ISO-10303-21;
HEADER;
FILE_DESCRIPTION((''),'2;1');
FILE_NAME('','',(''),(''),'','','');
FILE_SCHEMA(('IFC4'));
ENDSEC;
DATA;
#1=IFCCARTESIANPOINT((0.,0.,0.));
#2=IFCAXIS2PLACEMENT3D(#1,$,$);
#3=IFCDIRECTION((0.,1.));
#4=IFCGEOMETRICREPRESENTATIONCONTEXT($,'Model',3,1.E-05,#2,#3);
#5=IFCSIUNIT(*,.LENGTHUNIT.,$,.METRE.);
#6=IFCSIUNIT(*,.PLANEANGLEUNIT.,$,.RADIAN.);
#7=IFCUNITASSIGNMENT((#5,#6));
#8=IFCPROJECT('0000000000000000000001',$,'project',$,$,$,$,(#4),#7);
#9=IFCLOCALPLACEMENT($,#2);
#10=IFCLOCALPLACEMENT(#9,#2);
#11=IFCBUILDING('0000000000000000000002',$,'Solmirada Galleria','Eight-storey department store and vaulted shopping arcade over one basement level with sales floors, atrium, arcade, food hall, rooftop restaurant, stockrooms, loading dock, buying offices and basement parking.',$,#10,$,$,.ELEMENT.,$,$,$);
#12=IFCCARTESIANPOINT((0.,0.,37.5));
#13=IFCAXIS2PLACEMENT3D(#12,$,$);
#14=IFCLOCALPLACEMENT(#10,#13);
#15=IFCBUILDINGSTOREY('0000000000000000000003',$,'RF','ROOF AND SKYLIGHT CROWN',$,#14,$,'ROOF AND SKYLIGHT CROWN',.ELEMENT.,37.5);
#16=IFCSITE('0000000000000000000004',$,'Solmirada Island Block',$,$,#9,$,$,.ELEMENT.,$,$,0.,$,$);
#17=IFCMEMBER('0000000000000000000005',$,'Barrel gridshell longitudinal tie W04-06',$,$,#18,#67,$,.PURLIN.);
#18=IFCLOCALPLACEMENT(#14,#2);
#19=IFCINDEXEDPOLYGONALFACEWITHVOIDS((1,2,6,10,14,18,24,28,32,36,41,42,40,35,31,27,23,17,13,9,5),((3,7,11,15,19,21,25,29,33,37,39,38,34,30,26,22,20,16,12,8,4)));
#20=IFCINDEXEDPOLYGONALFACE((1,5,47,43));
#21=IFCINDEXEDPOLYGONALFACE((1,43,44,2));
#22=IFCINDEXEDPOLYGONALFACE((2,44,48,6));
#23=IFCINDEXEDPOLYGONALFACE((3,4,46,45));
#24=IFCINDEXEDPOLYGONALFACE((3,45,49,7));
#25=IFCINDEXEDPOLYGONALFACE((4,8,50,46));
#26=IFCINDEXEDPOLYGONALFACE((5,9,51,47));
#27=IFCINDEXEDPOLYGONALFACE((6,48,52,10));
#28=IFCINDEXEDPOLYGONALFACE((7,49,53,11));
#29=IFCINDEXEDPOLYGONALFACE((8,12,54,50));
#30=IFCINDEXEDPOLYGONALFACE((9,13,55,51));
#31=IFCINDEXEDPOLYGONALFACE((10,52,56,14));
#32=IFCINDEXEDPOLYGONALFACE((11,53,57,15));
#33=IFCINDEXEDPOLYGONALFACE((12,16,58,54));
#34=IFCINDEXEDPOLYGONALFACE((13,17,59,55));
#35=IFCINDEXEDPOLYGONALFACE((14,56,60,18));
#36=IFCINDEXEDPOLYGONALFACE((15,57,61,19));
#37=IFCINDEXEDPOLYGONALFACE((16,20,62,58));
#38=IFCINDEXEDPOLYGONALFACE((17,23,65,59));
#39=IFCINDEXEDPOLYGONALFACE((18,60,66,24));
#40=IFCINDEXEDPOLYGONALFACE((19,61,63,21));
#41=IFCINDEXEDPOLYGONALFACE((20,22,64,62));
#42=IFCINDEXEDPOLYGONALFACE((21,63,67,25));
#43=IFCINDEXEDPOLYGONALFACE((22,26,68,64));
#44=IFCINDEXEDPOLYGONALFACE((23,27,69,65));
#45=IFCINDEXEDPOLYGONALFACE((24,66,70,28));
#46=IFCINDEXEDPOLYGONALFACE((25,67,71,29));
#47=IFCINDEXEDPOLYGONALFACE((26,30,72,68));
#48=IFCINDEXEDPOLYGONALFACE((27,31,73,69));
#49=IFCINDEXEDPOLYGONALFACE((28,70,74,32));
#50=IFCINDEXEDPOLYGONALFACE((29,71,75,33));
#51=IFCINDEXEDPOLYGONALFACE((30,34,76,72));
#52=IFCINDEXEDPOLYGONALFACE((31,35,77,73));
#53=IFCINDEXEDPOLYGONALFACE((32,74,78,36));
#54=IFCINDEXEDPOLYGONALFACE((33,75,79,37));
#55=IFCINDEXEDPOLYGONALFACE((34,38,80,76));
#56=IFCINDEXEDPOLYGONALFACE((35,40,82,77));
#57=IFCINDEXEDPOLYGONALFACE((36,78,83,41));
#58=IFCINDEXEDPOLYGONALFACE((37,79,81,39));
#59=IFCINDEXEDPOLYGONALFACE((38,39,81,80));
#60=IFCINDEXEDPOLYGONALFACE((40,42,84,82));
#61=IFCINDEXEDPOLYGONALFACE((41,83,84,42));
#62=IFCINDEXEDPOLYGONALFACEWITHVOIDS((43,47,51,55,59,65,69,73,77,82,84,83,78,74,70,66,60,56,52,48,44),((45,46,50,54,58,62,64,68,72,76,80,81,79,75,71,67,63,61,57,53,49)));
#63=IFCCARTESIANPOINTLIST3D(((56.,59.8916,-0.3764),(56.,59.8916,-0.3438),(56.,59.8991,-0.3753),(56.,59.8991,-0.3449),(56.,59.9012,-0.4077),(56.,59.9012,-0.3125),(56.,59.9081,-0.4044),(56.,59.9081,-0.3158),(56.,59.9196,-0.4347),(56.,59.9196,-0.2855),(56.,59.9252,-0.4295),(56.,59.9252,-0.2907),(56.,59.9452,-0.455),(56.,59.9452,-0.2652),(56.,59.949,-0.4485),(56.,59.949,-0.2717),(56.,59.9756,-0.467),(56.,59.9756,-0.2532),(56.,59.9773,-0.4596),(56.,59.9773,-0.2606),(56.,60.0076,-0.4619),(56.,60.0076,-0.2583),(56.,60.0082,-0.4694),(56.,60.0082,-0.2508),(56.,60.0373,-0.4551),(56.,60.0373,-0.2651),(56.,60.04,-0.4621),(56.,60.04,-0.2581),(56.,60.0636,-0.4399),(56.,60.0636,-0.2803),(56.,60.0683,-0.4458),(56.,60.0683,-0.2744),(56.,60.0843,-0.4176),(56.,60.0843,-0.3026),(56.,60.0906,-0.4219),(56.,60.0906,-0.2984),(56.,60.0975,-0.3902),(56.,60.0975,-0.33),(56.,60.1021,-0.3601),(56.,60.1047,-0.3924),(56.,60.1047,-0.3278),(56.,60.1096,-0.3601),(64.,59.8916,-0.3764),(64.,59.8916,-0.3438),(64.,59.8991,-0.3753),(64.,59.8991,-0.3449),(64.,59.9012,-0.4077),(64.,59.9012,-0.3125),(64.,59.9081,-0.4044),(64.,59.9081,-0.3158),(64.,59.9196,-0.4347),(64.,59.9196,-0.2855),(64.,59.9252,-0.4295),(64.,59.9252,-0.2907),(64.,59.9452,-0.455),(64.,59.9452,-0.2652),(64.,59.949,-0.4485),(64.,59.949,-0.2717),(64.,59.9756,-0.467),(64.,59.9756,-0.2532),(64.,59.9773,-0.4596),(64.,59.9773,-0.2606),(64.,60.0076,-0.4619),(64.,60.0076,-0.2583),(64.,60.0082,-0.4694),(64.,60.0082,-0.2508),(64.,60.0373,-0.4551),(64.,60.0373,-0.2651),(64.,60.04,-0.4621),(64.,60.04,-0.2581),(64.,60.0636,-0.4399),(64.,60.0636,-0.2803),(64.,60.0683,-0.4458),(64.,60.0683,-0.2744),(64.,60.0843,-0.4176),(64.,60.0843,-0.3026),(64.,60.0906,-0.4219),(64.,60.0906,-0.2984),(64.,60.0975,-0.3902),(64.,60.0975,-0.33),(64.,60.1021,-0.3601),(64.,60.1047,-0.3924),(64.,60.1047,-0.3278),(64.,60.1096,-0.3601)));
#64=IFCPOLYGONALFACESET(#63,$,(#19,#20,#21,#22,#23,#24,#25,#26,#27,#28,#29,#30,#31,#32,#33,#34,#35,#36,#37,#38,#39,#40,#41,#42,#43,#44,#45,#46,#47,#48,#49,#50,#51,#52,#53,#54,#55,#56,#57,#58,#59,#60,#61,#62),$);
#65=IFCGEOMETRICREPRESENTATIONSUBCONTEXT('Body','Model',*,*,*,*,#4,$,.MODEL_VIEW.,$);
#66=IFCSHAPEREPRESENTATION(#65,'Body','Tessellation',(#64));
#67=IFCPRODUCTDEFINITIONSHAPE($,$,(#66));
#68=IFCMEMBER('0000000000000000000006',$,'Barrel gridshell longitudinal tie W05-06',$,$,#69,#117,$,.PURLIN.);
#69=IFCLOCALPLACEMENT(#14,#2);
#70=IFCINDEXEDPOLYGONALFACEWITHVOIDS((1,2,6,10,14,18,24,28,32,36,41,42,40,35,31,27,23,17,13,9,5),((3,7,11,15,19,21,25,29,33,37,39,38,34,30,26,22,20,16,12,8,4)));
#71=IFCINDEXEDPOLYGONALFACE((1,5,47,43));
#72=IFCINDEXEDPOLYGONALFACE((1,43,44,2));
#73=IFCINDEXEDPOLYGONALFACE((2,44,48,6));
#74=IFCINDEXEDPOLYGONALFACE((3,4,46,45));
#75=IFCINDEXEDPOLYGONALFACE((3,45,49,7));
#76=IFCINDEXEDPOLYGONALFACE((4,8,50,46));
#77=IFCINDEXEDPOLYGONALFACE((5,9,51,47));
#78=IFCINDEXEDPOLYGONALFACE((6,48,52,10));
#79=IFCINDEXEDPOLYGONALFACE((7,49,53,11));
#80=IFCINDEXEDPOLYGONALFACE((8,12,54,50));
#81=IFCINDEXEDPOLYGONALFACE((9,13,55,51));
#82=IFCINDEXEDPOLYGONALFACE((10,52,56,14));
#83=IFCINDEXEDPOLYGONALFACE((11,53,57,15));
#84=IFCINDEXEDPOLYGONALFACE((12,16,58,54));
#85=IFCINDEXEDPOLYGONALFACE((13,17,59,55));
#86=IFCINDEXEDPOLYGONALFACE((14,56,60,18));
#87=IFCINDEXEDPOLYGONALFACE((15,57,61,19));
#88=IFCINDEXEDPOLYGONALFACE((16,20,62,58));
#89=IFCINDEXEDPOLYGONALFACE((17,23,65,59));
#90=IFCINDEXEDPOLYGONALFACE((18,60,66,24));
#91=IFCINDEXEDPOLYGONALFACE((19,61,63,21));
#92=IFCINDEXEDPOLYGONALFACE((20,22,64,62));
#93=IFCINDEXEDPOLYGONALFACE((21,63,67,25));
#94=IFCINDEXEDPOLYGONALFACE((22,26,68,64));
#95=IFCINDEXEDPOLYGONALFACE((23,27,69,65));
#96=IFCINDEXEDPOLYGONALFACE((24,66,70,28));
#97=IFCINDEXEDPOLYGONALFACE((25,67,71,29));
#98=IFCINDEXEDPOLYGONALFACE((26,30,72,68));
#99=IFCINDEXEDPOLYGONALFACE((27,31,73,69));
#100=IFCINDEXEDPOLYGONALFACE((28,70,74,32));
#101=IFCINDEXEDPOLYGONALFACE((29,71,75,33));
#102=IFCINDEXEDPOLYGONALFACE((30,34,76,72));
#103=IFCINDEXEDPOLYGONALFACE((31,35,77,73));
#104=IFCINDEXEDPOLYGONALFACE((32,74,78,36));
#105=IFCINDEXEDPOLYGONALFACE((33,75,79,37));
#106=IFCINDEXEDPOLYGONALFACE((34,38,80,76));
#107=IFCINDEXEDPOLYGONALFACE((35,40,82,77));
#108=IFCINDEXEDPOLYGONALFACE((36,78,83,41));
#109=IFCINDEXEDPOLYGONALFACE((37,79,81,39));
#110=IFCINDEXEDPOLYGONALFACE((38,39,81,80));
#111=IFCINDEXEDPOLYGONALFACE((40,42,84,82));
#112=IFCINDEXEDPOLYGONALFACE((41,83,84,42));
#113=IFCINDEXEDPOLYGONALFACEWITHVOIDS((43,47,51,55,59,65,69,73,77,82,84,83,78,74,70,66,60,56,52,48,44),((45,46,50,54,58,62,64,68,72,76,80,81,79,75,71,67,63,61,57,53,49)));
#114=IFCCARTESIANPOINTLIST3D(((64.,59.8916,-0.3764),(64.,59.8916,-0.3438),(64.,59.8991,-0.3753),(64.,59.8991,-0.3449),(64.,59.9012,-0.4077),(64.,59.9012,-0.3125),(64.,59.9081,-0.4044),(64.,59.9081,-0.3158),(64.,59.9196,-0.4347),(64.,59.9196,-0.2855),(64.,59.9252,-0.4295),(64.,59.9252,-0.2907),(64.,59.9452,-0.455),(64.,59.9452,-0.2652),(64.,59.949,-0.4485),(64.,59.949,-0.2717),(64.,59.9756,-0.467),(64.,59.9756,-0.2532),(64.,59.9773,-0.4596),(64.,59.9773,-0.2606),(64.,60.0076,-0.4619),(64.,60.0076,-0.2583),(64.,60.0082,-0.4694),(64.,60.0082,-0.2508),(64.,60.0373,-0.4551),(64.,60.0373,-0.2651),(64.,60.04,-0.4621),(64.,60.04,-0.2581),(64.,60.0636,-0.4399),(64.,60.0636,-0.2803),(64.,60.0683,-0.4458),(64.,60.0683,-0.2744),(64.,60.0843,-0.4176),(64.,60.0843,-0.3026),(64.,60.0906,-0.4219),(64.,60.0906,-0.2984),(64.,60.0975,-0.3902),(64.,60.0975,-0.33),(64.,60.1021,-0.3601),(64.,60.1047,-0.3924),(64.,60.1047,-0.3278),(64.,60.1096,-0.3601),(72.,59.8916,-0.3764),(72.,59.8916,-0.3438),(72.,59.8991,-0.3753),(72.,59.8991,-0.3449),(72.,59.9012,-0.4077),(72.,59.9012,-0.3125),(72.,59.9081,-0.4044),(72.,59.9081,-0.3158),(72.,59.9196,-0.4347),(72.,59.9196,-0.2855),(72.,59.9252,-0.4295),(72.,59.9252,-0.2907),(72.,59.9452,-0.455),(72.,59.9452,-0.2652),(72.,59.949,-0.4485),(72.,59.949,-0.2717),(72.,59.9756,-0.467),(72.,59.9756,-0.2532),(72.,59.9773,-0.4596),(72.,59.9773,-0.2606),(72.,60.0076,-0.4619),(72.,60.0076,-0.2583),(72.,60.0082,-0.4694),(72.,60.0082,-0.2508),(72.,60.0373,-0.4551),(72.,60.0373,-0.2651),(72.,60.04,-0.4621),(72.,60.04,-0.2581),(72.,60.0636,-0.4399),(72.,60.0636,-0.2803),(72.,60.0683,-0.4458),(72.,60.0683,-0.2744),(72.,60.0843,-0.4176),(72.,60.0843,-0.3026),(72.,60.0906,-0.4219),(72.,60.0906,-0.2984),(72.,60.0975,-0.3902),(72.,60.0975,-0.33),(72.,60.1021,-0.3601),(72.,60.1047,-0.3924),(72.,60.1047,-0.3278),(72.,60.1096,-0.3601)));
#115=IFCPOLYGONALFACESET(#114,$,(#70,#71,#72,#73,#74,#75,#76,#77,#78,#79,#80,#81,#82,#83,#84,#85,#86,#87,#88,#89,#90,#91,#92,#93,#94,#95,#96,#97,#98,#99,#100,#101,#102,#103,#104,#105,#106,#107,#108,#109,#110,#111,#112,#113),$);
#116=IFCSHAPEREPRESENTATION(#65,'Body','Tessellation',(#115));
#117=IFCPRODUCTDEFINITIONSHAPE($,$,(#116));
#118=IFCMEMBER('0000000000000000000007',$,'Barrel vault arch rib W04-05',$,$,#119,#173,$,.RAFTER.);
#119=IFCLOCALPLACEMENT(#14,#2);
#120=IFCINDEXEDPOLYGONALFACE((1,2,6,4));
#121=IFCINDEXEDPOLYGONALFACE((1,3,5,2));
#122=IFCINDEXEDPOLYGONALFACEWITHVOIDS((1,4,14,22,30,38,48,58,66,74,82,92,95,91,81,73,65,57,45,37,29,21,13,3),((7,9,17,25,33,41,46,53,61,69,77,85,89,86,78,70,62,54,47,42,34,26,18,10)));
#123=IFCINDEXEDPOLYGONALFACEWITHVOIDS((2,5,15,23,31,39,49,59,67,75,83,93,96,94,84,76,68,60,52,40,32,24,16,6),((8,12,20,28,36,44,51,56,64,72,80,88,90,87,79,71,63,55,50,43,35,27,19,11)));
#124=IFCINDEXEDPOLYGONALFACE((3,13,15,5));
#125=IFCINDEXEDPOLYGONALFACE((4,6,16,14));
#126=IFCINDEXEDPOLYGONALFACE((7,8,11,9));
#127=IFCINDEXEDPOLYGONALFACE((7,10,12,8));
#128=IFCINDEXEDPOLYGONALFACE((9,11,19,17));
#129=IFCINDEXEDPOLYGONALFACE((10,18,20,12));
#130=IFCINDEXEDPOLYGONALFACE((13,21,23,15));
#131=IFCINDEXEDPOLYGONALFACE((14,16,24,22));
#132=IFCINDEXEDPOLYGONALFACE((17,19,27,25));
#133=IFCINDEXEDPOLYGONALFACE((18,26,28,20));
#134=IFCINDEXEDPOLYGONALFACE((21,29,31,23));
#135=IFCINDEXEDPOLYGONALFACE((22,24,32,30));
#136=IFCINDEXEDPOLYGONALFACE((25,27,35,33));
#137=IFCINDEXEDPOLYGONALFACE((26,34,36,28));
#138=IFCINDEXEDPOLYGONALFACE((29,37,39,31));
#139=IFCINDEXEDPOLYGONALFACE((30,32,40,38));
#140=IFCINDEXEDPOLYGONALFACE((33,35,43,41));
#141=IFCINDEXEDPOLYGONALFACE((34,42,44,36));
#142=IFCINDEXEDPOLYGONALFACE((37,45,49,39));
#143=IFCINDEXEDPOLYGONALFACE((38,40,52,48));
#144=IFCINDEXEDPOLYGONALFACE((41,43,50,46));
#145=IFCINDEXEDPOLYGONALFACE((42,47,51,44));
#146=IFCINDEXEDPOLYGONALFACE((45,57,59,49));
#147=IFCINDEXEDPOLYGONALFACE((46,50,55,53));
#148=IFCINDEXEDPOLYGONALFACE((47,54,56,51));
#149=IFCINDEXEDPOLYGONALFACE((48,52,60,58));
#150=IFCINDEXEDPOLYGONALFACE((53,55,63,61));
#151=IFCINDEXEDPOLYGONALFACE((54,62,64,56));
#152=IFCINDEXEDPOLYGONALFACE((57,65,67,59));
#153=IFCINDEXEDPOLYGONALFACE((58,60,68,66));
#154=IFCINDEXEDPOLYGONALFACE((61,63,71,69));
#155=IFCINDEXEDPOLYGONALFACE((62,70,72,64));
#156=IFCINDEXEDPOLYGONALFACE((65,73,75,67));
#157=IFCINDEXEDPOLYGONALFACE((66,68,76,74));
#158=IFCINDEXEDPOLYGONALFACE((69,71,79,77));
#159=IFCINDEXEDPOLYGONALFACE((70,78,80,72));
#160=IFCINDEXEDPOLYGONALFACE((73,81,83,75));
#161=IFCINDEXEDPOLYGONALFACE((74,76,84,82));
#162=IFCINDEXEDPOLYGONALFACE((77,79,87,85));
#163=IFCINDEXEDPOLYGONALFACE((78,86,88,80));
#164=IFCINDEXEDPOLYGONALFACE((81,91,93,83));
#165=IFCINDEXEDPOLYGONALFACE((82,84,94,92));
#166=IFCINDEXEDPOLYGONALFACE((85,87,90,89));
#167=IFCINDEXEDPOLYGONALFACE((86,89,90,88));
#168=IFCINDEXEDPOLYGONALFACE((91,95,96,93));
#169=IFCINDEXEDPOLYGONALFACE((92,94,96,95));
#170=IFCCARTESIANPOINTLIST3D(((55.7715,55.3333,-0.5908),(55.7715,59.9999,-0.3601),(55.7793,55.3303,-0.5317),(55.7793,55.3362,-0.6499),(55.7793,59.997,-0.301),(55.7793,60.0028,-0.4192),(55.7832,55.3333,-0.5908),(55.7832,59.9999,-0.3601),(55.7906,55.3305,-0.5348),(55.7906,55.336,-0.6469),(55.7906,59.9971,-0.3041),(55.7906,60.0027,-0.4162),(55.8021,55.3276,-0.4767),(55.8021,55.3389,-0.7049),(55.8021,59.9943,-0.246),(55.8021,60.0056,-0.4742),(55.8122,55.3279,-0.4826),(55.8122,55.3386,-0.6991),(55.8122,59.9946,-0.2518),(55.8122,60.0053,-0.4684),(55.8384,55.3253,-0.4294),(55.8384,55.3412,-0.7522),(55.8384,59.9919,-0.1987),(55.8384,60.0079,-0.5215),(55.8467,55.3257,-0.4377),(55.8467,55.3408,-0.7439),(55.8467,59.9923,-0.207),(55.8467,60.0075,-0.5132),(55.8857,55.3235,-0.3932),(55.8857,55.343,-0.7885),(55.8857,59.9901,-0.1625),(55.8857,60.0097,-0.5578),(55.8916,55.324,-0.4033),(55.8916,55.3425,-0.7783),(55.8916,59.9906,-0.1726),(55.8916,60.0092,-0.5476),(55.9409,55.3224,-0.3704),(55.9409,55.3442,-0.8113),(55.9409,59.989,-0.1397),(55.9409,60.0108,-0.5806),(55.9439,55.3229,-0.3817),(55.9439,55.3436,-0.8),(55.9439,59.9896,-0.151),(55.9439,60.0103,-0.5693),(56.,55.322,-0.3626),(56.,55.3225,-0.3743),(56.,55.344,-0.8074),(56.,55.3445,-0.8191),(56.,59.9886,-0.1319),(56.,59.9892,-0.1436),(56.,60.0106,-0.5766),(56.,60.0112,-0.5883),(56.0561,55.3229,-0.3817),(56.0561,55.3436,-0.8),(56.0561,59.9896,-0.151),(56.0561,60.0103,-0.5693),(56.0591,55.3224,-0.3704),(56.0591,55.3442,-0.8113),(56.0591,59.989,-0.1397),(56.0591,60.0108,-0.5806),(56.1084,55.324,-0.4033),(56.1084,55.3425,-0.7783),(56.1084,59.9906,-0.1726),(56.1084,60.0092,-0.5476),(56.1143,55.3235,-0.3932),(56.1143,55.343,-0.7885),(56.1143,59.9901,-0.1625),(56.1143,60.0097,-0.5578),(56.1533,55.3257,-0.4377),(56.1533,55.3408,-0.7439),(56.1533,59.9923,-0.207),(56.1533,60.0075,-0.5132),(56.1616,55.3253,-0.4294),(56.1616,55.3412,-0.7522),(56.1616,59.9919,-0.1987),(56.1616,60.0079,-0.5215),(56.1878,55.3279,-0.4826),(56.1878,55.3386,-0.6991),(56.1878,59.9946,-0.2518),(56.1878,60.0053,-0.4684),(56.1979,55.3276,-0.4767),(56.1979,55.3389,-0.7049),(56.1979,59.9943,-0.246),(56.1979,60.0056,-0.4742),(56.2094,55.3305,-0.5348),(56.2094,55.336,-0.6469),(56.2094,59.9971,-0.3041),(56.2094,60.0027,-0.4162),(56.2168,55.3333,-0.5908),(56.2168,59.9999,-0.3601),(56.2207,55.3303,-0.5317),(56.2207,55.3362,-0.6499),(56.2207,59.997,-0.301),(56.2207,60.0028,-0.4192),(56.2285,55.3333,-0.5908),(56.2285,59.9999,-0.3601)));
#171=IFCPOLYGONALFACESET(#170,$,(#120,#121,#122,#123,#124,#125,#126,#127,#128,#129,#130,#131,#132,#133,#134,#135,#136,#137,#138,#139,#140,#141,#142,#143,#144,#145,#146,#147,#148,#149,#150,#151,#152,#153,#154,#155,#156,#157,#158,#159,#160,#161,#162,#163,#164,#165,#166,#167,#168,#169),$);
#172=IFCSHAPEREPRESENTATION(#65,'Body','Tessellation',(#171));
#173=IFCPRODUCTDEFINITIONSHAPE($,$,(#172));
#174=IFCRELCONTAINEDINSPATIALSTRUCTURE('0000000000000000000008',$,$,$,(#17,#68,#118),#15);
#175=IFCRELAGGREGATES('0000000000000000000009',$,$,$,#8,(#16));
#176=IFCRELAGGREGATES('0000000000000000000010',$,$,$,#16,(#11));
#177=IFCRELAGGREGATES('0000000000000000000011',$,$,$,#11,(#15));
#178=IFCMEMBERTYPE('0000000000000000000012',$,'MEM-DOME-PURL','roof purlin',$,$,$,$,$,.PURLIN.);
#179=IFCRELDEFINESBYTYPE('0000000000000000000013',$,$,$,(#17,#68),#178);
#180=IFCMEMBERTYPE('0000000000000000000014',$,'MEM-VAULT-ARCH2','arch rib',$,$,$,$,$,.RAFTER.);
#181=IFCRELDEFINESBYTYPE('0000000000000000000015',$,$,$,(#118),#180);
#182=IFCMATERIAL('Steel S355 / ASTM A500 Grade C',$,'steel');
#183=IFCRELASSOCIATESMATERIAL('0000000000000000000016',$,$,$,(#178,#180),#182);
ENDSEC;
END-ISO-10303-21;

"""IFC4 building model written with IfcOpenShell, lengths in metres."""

from ifc_helpers import new_model, si_unit, direction, frame, origin, origin_2d, place, context, subcontext, project, spatial, hollow_circle, extrude, material, material_profile, profile_set, type_object, element, save


model = new_model("IFC4")

# Units and contexts
model_context = context("Model", 3, precision=1e-05, world=origin(), true_north=direction((0.0, 1.0)))
body_context = subcontext(model_context, "Body", "Model", "MODEL_VIEW")
ifc_project = project(units=[si_unit("LENGTHUNIT", "METRE"), si_unit("PLANEANGLEUNIT", "RADIAN")], contexts=[model_context])

# Site, building, storey
site_placement = place(None, origin())
site = spatial("IfcSite", under=ifc_project, at=site_placement, Name="Solmirada Island Block", CompositionType="ELEMENT", RefElevation=0.0)
building_placement = place(site_placement, origin())
building = spatial("IfcBuilding", under=site, at=building_placement, Name="Solmirada Galleria", Description="Eight-storey department store and vaulted shopping arcade over one basement level with sales floors, atrium, arcade, food hall, rooftop restaurant, stockrooms, loading dock, buying offices and basement parking.", CompositionType="ELEMENT")
storey_placement = place(building_placement, frame((0.0, 0.0, 37.5)))
storey = spatial("IfcBuildingStorey", under=building, at=storey_placement, Name="RF", Description="ROOF AND SKYLIGHT CROWN", LongName="ROOF AND SKYLIGHT CROWN", CompositionType="ELEMENT", Elevation=37.5)

# Members
ifc_material_1 = material(Name="Steel S355 / ASTM A500 Grade C", Category="steel")
ifc_material_profile_1 = material_profile(ifc_material_1, hollow_circle(Radius=0.1096, WallThickness=0.0076, at=origin_2d()), Name="HSS8.625X0.322")
ifc_profile_set_1 = profile_set([ifc_material_profile_1], Name="Steel S355 / ASTM A500 Grade C")
member_type_1 = type_object("IfcMemberType", Name="MEM-DOME-PURL", Description="roof purlin", PredefinedType="PURLIN", material=ifc_profile_set_1)
for number, where, z_axis, x_axis, name in (
    (1, (56.0, 60.0, -0.3601), (1.0, 0.0, 0.0), (0.0, 1.0, 0.0), "Barrel gridshell longitudinal tie W04-06"),
    (2, (64.0, 60.0, -0.3601), (1.0, 0.0, 0.0), (0.0, 1.0, 0.0), "Barrel gridshell longitudinal tie W05-06"),
):
    element("IfcMember", number, at=place(storey_placement, frame(where, z_axis=z_axis, x_axis=x_axis)), inside=storey, type_object=member_type_1, Name=name, PredefinedType="PURLIN", context=body_context, shape_type="SweptSolid", body=[
        extrude(hollow_circle(Radius=0.1096, WallThickness=0.0076, at=origin_2d()), origin(), (0.0, 0.0, 1.0), 8.0),
    ])
ifc_material_profile_2 = material_profile(ifc_material_1, hollow_circle(Radius=0.2285, WallThickness=0.0117, at=origin_2d()), Name="HSS18.000X0.500")
ifc_profile_set_2 = profile_set([ifc_material_profile_2], Name="Steel S355 / ASTM A500 Grade C")
member_type_2 = type_object("IfcMemberType", Name="MEM-VAULT-ARCH2", Description="arch rib", PredefinedType="RAFTER", material=ifc_profile_set_2)
for number, where, z_axis, x_axis, name in (
    (3, (56.0, 55.3333, -0.5908), (0.0, 0.99878, 0.049377), (-1.0, 0.0, 0.0), "Barrel vault arch rib W04-05"),
):
    element("IfcMember", number, at=place(storey_placement, frame(where, z_axis=z_axis, x_axis=x_axis)), inside=storey, type_object=member_type_2, Name=name, PredefinedType="RAFTER", context=body_context, shape_type="SweptSolid", body=[
        extrude(hollow_circle(Radius=0.2285, WallThickness=0.0117, at=origin_2d()), origin(), (0.0, 0.0, 1.0), 4.6724),
    ])

save(model, "model.ifc")
